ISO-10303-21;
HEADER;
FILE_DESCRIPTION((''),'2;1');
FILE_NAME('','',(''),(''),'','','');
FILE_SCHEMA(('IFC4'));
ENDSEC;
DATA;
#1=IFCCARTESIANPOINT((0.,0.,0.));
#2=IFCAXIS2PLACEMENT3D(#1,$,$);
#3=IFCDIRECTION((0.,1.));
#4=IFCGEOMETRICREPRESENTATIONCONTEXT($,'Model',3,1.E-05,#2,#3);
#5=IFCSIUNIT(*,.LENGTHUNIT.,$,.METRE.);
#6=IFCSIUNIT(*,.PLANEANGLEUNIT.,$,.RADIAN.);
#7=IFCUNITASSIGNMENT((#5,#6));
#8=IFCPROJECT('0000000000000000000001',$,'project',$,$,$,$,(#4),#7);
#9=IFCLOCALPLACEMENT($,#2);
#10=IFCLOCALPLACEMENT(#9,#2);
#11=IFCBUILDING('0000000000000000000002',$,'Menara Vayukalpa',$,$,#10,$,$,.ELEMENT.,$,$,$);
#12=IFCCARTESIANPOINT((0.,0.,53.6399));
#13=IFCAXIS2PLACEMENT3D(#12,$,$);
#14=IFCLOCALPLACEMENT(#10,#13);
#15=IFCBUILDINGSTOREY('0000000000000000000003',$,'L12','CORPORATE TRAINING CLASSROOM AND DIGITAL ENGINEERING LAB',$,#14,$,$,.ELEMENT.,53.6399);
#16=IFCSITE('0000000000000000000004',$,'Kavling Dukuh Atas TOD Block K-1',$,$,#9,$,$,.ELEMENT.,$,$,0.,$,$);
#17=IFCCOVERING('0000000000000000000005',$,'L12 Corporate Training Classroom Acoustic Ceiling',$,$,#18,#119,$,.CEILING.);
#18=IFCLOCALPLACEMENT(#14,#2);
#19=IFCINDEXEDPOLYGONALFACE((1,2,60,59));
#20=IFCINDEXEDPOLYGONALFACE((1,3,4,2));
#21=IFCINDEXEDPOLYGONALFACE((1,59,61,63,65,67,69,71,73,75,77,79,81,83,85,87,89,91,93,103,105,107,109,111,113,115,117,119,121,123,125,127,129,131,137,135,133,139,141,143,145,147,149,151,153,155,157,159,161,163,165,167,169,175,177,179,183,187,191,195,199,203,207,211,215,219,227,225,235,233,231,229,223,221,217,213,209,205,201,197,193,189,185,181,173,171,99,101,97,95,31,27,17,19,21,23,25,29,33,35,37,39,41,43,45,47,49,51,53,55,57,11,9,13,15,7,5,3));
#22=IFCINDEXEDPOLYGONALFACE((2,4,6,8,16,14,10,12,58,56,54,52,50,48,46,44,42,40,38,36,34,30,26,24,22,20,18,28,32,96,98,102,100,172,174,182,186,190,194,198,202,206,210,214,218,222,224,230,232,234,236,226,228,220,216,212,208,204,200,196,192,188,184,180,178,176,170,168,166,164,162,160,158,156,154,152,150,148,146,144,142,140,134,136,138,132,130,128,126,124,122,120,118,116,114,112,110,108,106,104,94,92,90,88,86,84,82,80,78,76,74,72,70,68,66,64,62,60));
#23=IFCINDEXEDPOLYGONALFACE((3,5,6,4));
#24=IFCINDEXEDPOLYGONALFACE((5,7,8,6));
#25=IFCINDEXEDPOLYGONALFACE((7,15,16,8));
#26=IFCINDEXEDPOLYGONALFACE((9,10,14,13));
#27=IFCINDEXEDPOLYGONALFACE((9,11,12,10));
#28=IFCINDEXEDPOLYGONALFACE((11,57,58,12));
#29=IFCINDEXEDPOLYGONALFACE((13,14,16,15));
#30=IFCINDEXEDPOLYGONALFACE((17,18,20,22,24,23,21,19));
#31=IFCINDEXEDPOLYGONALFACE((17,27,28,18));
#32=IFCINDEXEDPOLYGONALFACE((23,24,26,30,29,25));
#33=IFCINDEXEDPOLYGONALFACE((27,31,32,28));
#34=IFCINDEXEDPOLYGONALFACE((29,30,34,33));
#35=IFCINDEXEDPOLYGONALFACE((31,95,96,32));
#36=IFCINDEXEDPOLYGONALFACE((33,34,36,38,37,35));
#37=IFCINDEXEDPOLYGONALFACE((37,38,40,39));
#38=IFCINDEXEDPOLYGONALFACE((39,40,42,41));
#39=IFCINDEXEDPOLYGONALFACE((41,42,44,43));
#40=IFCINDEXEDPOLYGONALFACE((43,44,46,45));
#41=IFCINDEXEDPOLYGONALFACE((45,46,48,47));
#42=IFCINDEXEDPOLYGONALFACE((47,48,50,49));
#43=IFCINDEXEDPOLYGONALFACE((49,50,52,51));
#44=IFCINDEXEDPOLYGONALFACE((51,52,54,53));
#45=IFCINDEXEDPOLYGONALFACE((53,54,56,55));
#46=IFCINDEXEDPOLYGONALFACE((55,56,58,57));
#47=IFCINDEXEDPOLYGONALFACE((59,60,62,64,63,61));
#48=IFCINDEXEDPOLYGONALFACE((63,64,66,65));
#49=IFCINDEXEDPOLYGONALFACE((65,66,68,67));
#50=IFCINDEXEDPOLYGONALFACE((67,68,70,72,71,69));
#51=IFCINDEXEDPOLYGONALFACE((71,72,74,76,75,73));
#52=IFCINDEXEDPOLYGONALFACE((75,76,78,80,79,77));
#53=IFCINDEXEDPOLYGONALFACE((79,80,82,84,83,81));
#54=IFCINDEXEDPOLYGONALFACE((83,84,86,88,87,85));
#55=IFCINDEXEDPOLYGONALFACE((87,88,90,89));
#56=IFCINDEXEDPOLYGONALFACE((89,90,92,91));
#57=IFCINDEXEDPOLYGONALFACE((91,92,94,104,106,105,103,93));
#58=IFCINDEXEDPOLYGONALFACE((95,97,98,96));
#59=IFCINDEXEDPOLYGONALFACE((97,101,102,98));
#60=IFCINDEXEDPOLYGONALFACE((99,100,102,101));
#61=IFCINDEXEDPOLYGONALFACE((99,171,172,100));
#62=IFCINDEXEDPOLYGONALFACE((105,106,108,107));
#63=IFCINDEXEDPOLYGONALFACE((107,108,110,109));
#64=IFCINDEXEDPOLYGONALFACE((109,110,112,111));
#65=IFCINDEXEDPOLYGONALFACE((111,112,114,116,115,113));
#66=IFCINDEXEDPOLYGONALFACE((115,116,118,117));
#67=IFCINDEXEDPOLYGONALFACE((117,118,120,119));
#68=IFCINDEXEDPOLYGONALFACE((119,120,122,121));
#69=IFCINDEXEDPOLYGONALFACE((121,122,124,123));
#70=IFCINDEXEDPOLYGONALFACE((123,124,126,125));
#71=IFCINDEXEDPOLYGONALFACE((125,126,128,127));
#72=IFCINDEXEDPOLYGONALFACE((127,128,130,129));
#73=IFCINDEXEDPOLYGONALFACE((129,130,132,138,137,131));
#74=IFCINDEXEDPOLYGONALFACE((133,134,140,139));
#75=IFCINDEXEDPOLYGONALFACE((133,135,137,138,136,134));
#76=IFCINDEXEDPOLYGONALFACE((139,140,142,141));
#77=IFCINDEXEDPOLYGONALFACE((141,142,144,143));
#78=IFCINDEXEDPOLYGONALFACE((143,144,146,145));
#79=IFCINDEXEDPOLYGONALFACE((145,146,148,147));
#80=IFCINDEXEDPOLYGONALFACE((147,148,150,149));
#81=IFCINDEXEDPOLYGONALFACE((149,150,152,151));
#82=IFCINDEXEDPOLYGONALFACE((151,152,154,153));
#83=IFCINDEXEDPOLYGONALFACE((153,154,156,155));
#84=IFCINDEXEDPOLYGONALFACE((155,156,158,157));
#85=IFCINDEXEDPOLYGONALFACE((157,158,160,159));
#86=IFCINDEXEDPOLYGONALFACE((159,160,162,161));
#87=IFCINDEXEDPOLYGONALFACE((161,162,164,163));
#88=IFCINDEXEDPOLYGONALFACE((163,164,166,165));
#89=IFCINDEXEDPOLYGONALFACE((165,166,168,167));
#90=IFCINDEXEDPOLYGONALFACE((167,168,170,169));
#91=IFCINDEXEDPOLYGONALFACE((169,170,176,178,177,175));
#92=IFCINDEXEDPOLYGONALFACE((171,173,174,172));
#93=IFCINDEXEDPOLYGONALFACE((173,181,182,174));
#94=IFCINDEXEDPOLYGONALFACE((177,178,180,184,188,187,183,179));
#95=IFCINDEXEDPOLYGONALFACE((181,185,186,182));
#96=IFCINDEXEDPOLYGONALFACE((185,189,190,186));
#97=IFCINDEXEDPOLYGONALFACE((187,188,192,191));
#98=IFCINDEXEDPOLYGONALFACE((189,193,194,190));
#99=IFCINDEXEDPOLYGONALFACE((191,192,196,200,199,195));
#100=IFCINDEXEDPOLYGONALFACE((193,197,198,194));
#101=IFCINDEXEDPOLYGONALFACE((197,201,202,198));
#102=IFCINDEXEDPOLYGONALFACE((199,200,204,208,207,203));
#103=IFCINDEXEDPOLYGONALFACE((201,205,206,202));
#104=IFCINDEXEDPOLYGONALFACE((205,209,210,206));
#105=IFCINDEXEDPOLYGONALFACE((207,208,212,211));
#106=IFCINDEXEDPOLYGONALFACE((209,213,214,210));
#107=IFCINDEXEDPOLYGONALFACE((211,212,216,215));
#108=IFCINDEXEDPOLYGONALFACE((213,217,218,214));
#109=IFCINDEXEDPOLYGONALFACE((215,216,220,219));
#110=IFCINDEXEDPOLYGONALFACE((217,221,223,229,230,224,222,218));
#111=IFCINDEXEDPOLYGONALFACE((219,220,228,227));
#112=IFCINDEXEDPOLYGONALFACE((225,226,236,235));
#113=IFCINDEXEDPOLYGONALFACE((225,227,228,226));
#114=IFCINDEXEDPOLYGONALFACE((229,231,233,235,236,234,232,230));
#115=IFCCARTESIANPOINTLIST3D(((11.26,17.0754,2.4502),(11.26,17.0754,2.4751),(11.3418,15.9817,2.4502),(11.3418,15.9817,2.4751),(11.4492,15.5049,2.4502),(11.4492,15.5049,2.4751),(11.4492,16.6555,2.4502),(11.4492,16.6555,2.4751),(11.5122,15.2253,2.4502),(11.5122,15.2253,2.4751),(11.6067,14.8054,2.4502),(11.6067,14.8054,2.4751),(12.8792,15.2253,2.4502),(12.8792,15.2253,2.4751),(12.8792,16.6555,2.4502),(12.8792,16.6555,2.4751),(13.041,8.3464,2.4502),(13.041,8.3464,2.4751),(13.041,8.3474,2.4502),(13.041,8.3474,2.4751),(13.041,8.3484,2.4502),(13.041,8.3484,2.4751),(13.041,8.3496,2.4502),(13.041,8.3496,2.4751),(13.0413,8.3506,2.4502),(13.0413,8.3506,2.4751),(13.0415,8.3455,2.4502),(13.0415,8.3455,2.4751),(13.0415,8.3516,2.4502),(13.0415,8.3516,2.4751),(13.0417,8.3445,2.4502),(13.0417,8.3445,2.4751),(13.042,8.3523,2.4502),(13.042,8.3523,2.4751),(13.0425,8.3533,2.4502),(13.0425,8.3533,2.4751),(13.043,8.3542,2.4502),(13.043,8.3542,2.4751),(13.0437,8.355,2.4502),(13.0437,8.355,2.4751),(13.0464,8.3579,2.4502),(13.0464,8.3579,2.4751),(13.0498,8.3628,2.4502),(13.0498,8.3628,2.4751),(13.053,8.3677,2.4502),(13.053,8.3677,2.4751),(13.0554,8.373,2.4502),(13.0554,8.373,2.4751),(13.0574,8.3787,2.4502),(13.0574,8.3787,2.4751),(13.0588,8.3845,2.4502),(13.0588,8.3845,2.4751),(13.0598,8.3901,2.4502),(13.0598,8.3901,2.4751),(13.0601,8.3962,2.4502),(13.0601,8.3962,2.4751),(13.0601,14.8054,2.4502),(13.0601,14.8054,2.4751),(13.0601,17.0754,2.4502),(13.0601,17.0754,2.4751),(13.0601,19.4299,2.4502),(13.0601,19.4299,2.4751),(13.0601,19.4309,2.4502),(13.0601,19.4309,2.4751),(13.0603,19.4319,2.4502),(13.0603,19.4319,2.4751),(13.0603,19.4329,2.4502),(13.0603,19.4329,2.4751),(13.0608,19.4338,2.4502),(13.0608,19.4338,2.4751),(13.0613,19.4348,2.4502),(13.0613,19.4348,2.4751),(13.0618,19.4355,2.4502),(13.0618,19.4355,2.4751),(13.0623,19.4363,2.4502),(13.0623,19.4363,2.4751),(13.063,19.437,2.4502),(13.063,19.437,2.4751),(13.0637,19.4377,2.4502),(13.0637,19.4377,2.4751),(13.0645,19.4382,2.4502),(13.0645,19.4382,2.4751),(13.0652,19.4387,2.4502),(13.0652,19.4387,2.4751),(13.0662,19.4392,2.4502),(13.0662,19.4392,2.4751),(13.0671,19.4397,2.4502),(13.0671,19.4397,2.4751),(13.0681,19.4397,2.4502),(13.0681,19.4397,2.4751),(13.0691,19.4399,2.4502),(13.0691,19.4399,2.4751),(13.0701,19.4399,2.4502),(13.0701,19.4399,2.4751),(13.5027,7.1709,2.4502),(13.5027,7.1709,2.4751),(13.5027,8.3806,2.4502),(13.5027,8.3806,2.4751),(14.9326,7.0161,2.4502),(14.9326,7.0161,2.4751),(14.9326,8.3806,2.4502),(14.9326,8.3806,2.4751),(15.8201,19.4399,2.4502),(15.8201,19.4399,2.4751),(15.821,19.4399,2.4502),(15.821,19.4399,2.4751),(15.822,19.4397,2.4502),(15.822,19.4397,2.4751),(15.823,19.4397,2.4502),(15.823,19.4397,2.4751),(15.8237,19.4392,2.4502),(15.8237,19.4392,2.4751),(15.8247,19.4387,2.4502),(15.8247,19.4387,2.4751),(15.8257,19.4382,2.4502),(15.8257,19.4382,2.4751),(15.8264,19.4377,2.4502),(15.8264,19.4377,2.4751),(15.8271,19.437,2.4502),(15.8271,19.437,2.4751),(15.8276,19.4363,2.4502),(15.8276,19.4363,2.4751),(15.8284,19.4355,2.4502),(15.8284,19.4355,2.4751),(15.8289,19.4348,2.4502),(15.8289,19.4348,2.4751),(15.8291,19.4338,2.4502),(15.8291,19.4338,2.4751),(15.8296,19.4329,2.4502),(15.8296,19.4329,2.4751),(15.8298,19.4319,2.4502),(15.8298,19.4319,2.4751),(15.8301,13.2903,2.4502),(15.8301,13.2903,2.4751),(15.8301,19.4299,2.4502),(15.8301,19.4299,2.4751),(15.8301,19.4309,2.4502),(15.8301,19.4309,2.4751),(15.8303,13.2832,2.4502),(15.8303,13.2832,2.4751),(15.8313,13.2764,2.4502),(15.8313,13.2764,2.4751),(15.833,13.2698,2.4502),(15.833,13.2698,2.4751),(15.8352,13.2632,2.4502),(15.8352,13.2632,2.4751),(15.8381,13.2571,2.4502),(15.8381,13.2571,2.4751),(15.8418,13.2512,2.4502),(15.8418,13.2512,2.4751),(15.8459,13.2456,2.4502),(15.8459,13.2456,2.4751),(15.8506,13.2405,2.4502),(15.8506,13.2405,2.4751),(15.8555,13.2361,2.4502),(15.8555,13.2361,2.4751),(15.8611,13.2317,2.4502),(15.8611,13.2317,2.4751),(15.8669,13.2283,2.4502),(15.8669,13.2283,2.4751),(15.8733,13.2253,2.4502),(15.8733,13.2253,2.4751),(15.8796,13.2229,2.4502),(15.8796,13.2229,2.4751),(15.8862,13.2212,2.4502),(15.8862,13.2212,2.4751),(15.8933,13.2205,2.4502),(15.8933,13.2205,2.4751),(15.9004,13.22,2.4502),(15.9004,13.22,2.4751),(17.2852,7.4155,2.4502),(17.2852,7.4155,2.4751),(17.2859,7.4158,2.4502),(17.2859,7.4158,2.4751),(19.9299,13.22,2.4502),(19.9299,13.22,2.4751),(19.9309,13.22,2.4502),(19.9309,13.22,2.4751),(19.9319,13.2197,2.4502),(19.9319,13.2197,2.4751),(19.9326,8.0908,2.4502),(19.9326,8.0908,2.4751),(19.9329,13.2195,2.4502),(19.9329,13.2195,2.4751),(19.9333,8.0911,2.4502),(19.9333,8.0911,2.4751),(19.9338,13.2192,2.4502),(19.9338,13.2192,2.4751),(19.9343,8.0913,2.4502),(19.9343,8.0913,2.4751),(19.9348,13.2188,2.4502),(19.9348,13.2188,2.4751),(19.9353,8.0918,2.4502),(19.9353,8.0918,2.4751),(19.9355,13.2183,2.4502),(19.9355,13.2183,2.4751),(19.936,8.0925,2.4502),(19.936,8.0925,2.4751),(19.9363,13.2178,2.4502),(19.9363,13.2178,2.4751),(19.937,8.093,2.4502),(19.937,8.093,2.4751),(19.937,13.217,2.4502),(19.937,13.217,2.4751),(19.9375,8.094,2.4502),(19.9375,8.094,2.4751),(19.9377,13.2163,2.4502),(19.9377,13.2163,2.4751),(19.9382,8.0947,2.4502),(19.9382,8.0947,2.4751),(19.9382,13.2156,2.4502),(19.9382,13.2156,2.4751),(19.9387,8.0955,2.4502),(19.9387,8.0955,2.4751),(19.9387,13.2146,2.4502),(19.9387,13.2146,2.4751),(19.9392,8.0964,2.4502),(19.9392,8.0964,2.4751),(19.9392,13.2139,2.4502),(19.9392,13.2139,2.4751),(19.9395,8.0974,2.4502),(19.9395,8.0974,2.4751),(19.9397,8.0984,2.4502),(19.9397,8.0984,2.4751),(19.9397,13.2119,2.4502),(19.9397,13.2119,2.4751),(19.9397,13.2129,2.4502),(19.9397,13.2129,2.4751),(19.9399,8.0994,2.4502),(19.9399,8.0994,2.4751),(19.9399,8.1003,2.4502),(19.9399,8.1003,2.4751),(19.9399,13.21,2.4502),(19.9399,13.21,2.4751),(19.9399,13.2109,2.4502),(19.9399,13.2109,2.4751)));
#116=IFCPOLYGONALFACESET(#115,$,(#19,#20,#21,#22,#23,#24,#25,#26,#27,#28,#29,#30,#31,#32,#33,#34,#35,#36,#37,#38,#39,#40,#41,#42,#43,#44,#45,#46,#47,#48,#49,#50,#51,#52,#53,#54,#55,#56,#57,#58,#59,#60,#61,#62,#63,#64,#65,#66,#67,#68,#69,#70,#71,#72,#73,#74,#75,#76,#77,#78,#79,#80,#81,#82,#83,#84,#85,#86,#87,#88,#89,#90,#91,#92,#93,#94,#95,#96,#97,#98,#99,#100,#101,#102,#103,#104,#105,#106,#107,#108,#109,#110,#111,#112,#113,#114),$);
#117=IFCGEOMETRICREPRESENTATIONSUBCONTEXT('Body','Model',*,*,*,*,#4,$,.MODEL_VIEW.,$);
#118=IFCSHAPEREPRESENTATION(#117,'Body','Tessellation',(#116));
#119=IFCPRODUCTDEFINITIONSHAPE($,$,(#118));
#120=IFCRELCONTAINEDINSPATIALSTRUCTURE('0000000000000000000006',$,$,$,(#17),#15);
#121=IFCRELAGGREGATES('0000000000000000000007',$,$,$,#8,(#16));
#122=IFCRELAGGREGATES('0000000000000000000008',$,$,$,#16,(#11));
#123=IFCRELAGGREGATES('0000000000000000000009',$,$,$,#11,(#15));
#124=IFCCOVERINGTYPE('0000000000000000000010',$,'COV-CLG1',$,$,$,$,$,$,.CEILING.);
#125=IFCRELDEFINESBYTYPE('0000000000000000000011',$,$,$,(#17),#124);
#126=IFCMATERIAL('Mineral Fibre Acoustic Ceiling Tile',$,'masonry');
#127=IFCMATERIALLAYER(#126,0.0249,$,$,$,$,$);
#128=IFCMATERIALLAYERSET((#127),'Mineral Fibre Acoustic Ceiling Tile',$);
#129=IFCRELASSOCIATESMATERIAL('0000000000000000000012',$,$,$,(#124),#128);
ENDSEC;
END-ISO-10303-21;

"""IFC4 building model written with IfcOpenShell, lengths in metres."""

from ifc_helpers import new_model, si_unit, direction, frame, origin, place, context, subcontext, project, spatial, polyline, outline, extrude, material, layer, layer_set, type_object, element, save


model = new_model("IFC4")

# Units and contexts
model_context = context("Model", 3, precision=1e-05, world=origin(), true_north=direction((0.0, 1.0)))
body_context = subcontext(model_context, "Body", "Model", "MODEL_VIEW")
ifc_project = project(units=[si_unit("LENGTHUNIT", "METRE"), si_unit("PLANEANGLEUNIT", "RADIAN")], contexts=[model_context])

# Site, building, storey
site_placement = place(None, origin())
site = spatial("IfcSite", under=ifc_project, at=site_placement, Name="Kavling Dukuh Atas TOD Block K-1", CompositionType="ELEMENT", RefElevation=0.0)
building_placement = place(site_placement, origin())
building = spatial("IfcBuilding", under=site, at=building_placement, Name="Menara Vayukalpa", CompositionType="ELEMENT")
storey_placement = place(building_placement, frame((0.0, 0.0, 53.6399)))
storey = spatial("IfcBuildingStorey", under=building, at=storey_placement, Name="L12", Description="CORPORATE TRAINING CLASSROOM AND DIGITAL ENGINEERING LAB", CompositionType="ELEMENT", Elevation=53.6399)

# Covering
ifc_material_1 = material(Name="Mineral Fibre Acoustic Ceiling Tile", Category="masonry")
ifc_layer_1 = layer(ifc_material_1, 0.0249)
ifc_layer_set_1 = layer_set([ifc_layer_1], Name="Mineral Fibre Acoustic Ceiling Tile")
covering_type_1 = type_object("IfcCoveringType", Name="COV-CLG1", PredefinedType="CEILING", material=ifc_layer_set_1)
covering_1_placement = place(storey_placement, frame((0.0, 0.0, 2.4502)))
element("IfcCovering", 1, at=covering_1_placement, inside=storey, type_object=covering_type_1, Name="L12 Corporate Training Classroom Acoustic Ceiling", PredefinedType="CEILING", context=body_context, shape_type="SweptSolid", body=[
    extrude(outline(polyline([(13.0417, 8.3445), (13.0415, 8.3455), (13.041, 8.3464), (13.041, 8.3474), (13.041, 8.3484), (13.041, 8.3496), (13.0413, 8.3506), (13.0415, 8.3516), (13.042, 8.3523), (13.0425, 8.3533), (13.043, 8.3542), (13.0437, 8.355), (13.0464, 8.3579), (13.0498, 8.3628), (13.053, 8.3677), (13.0554, 8.373), (13.0574, 8.3787), (13.0588, 8.3845), (13.0598, 8.3901), (13.0601, 8.3962), (13.0601, 14.8054), (11.6067, 14.8054), (11.5122, 15.2253), (12.8792, 15.2253), (12.8792, 16.6555), (11.4492, 16.6555), (11.4492, 15.5049), (11.3418, 15.9817), (11.26, 17.0754), (13.0601, 17.0754), (13.0601, 19.4299), (13.0601, 19.4309), (13.0603, 19.4319), (13.0603, 19.4329), (13.0608, 19.4338), (13.0613, 19.4348), (13.0618, 19.4355), (13.0623, 19.4363), (13.063, 19.437), (13.0637, 19.4377), (13.0645, 19.4382), (13.0652, 19.4387), (13.0662, 19.4392), (13.0671, 19.4397), (13.0681, 19.4397), (13.0691, 19.4399), (13.0701, 19.4399), (15.8201, 19.4399), (15.821, 19.4399), (15.822, 19.4397), (15.823, 19.4397), (15.8237, 19.4392), (15.8247, 19.4387), (15.8257, 19.4382), (15.8264, 19.4377), (15.8271, 19.437), (15.8276, 19.4363), (15.8284, 19.4355), (15.8289, 19.4348), (15.8291, 19.4338), (15.8296, 19.4329), (15.8298, 19.4319), (15.8301, 19.4309), (15.8301, 19.4299), (15.8301, 13.2903), (15.8303, 13.2832), (15.8313, 13.2764), (15.833, 13.2698), (15.8352, 13.2632), (15.8381, 13.2571), (15.8418, 13.2512), (15.8459, 13.2456), (15.8506, 13.2405), (15.8555, 13.2361), (15.8611, 13.2317), (15.8669, 13.2283), (15.8733, 13.2253), (15.8796, 13.2229), (15.8862, 13.2212), (15.8933, 13.2205), (15.9004, 13.22), (19.9299, 13.22), (19.9309, 13.22), (19.9319, 13.2197), (19.9329, 13.2195), (19.9338, 13.2192), (19.9348, 13.2188), (19.9355, 13.2183), (19.9363, 13.2178), (19.937, 13.217), (19.9377, 13.2163), (19.9382, 13.2156), (19.9387, 13.2146), (19.9392, 13.2139), (19.9397, 13.2129), (19.9397, 13.2119), (19.9399, 13.2109), (19.9399, 13.21), (19.9399, 8.1003), (19.9399, 8.0994), (19.9397, 8.0984), (19.9395, 8.0974), (19.9392, 8.0964), (19.9387, 8.0955), (19.9382, 8.0947), (19.9375, 8.094), (19.937, 8.093), (19.936, 8.0925), (19.9353, 8.0918), (19.9343, 8.0913), (19.9333, 8.0911), (19.9326, 8.0908), (17.2859, 7.4158), (17.2852, 7.4155), (14.9326, 7.0161), (14.9326, 8.3806), (13.5027, 8.3806), (13.5027, 7.1709), (13.0417, 8.3445)])), origin(), (0.0, 0.0, 1.0), 0.0249),
])

save(model, "model.ifc")
